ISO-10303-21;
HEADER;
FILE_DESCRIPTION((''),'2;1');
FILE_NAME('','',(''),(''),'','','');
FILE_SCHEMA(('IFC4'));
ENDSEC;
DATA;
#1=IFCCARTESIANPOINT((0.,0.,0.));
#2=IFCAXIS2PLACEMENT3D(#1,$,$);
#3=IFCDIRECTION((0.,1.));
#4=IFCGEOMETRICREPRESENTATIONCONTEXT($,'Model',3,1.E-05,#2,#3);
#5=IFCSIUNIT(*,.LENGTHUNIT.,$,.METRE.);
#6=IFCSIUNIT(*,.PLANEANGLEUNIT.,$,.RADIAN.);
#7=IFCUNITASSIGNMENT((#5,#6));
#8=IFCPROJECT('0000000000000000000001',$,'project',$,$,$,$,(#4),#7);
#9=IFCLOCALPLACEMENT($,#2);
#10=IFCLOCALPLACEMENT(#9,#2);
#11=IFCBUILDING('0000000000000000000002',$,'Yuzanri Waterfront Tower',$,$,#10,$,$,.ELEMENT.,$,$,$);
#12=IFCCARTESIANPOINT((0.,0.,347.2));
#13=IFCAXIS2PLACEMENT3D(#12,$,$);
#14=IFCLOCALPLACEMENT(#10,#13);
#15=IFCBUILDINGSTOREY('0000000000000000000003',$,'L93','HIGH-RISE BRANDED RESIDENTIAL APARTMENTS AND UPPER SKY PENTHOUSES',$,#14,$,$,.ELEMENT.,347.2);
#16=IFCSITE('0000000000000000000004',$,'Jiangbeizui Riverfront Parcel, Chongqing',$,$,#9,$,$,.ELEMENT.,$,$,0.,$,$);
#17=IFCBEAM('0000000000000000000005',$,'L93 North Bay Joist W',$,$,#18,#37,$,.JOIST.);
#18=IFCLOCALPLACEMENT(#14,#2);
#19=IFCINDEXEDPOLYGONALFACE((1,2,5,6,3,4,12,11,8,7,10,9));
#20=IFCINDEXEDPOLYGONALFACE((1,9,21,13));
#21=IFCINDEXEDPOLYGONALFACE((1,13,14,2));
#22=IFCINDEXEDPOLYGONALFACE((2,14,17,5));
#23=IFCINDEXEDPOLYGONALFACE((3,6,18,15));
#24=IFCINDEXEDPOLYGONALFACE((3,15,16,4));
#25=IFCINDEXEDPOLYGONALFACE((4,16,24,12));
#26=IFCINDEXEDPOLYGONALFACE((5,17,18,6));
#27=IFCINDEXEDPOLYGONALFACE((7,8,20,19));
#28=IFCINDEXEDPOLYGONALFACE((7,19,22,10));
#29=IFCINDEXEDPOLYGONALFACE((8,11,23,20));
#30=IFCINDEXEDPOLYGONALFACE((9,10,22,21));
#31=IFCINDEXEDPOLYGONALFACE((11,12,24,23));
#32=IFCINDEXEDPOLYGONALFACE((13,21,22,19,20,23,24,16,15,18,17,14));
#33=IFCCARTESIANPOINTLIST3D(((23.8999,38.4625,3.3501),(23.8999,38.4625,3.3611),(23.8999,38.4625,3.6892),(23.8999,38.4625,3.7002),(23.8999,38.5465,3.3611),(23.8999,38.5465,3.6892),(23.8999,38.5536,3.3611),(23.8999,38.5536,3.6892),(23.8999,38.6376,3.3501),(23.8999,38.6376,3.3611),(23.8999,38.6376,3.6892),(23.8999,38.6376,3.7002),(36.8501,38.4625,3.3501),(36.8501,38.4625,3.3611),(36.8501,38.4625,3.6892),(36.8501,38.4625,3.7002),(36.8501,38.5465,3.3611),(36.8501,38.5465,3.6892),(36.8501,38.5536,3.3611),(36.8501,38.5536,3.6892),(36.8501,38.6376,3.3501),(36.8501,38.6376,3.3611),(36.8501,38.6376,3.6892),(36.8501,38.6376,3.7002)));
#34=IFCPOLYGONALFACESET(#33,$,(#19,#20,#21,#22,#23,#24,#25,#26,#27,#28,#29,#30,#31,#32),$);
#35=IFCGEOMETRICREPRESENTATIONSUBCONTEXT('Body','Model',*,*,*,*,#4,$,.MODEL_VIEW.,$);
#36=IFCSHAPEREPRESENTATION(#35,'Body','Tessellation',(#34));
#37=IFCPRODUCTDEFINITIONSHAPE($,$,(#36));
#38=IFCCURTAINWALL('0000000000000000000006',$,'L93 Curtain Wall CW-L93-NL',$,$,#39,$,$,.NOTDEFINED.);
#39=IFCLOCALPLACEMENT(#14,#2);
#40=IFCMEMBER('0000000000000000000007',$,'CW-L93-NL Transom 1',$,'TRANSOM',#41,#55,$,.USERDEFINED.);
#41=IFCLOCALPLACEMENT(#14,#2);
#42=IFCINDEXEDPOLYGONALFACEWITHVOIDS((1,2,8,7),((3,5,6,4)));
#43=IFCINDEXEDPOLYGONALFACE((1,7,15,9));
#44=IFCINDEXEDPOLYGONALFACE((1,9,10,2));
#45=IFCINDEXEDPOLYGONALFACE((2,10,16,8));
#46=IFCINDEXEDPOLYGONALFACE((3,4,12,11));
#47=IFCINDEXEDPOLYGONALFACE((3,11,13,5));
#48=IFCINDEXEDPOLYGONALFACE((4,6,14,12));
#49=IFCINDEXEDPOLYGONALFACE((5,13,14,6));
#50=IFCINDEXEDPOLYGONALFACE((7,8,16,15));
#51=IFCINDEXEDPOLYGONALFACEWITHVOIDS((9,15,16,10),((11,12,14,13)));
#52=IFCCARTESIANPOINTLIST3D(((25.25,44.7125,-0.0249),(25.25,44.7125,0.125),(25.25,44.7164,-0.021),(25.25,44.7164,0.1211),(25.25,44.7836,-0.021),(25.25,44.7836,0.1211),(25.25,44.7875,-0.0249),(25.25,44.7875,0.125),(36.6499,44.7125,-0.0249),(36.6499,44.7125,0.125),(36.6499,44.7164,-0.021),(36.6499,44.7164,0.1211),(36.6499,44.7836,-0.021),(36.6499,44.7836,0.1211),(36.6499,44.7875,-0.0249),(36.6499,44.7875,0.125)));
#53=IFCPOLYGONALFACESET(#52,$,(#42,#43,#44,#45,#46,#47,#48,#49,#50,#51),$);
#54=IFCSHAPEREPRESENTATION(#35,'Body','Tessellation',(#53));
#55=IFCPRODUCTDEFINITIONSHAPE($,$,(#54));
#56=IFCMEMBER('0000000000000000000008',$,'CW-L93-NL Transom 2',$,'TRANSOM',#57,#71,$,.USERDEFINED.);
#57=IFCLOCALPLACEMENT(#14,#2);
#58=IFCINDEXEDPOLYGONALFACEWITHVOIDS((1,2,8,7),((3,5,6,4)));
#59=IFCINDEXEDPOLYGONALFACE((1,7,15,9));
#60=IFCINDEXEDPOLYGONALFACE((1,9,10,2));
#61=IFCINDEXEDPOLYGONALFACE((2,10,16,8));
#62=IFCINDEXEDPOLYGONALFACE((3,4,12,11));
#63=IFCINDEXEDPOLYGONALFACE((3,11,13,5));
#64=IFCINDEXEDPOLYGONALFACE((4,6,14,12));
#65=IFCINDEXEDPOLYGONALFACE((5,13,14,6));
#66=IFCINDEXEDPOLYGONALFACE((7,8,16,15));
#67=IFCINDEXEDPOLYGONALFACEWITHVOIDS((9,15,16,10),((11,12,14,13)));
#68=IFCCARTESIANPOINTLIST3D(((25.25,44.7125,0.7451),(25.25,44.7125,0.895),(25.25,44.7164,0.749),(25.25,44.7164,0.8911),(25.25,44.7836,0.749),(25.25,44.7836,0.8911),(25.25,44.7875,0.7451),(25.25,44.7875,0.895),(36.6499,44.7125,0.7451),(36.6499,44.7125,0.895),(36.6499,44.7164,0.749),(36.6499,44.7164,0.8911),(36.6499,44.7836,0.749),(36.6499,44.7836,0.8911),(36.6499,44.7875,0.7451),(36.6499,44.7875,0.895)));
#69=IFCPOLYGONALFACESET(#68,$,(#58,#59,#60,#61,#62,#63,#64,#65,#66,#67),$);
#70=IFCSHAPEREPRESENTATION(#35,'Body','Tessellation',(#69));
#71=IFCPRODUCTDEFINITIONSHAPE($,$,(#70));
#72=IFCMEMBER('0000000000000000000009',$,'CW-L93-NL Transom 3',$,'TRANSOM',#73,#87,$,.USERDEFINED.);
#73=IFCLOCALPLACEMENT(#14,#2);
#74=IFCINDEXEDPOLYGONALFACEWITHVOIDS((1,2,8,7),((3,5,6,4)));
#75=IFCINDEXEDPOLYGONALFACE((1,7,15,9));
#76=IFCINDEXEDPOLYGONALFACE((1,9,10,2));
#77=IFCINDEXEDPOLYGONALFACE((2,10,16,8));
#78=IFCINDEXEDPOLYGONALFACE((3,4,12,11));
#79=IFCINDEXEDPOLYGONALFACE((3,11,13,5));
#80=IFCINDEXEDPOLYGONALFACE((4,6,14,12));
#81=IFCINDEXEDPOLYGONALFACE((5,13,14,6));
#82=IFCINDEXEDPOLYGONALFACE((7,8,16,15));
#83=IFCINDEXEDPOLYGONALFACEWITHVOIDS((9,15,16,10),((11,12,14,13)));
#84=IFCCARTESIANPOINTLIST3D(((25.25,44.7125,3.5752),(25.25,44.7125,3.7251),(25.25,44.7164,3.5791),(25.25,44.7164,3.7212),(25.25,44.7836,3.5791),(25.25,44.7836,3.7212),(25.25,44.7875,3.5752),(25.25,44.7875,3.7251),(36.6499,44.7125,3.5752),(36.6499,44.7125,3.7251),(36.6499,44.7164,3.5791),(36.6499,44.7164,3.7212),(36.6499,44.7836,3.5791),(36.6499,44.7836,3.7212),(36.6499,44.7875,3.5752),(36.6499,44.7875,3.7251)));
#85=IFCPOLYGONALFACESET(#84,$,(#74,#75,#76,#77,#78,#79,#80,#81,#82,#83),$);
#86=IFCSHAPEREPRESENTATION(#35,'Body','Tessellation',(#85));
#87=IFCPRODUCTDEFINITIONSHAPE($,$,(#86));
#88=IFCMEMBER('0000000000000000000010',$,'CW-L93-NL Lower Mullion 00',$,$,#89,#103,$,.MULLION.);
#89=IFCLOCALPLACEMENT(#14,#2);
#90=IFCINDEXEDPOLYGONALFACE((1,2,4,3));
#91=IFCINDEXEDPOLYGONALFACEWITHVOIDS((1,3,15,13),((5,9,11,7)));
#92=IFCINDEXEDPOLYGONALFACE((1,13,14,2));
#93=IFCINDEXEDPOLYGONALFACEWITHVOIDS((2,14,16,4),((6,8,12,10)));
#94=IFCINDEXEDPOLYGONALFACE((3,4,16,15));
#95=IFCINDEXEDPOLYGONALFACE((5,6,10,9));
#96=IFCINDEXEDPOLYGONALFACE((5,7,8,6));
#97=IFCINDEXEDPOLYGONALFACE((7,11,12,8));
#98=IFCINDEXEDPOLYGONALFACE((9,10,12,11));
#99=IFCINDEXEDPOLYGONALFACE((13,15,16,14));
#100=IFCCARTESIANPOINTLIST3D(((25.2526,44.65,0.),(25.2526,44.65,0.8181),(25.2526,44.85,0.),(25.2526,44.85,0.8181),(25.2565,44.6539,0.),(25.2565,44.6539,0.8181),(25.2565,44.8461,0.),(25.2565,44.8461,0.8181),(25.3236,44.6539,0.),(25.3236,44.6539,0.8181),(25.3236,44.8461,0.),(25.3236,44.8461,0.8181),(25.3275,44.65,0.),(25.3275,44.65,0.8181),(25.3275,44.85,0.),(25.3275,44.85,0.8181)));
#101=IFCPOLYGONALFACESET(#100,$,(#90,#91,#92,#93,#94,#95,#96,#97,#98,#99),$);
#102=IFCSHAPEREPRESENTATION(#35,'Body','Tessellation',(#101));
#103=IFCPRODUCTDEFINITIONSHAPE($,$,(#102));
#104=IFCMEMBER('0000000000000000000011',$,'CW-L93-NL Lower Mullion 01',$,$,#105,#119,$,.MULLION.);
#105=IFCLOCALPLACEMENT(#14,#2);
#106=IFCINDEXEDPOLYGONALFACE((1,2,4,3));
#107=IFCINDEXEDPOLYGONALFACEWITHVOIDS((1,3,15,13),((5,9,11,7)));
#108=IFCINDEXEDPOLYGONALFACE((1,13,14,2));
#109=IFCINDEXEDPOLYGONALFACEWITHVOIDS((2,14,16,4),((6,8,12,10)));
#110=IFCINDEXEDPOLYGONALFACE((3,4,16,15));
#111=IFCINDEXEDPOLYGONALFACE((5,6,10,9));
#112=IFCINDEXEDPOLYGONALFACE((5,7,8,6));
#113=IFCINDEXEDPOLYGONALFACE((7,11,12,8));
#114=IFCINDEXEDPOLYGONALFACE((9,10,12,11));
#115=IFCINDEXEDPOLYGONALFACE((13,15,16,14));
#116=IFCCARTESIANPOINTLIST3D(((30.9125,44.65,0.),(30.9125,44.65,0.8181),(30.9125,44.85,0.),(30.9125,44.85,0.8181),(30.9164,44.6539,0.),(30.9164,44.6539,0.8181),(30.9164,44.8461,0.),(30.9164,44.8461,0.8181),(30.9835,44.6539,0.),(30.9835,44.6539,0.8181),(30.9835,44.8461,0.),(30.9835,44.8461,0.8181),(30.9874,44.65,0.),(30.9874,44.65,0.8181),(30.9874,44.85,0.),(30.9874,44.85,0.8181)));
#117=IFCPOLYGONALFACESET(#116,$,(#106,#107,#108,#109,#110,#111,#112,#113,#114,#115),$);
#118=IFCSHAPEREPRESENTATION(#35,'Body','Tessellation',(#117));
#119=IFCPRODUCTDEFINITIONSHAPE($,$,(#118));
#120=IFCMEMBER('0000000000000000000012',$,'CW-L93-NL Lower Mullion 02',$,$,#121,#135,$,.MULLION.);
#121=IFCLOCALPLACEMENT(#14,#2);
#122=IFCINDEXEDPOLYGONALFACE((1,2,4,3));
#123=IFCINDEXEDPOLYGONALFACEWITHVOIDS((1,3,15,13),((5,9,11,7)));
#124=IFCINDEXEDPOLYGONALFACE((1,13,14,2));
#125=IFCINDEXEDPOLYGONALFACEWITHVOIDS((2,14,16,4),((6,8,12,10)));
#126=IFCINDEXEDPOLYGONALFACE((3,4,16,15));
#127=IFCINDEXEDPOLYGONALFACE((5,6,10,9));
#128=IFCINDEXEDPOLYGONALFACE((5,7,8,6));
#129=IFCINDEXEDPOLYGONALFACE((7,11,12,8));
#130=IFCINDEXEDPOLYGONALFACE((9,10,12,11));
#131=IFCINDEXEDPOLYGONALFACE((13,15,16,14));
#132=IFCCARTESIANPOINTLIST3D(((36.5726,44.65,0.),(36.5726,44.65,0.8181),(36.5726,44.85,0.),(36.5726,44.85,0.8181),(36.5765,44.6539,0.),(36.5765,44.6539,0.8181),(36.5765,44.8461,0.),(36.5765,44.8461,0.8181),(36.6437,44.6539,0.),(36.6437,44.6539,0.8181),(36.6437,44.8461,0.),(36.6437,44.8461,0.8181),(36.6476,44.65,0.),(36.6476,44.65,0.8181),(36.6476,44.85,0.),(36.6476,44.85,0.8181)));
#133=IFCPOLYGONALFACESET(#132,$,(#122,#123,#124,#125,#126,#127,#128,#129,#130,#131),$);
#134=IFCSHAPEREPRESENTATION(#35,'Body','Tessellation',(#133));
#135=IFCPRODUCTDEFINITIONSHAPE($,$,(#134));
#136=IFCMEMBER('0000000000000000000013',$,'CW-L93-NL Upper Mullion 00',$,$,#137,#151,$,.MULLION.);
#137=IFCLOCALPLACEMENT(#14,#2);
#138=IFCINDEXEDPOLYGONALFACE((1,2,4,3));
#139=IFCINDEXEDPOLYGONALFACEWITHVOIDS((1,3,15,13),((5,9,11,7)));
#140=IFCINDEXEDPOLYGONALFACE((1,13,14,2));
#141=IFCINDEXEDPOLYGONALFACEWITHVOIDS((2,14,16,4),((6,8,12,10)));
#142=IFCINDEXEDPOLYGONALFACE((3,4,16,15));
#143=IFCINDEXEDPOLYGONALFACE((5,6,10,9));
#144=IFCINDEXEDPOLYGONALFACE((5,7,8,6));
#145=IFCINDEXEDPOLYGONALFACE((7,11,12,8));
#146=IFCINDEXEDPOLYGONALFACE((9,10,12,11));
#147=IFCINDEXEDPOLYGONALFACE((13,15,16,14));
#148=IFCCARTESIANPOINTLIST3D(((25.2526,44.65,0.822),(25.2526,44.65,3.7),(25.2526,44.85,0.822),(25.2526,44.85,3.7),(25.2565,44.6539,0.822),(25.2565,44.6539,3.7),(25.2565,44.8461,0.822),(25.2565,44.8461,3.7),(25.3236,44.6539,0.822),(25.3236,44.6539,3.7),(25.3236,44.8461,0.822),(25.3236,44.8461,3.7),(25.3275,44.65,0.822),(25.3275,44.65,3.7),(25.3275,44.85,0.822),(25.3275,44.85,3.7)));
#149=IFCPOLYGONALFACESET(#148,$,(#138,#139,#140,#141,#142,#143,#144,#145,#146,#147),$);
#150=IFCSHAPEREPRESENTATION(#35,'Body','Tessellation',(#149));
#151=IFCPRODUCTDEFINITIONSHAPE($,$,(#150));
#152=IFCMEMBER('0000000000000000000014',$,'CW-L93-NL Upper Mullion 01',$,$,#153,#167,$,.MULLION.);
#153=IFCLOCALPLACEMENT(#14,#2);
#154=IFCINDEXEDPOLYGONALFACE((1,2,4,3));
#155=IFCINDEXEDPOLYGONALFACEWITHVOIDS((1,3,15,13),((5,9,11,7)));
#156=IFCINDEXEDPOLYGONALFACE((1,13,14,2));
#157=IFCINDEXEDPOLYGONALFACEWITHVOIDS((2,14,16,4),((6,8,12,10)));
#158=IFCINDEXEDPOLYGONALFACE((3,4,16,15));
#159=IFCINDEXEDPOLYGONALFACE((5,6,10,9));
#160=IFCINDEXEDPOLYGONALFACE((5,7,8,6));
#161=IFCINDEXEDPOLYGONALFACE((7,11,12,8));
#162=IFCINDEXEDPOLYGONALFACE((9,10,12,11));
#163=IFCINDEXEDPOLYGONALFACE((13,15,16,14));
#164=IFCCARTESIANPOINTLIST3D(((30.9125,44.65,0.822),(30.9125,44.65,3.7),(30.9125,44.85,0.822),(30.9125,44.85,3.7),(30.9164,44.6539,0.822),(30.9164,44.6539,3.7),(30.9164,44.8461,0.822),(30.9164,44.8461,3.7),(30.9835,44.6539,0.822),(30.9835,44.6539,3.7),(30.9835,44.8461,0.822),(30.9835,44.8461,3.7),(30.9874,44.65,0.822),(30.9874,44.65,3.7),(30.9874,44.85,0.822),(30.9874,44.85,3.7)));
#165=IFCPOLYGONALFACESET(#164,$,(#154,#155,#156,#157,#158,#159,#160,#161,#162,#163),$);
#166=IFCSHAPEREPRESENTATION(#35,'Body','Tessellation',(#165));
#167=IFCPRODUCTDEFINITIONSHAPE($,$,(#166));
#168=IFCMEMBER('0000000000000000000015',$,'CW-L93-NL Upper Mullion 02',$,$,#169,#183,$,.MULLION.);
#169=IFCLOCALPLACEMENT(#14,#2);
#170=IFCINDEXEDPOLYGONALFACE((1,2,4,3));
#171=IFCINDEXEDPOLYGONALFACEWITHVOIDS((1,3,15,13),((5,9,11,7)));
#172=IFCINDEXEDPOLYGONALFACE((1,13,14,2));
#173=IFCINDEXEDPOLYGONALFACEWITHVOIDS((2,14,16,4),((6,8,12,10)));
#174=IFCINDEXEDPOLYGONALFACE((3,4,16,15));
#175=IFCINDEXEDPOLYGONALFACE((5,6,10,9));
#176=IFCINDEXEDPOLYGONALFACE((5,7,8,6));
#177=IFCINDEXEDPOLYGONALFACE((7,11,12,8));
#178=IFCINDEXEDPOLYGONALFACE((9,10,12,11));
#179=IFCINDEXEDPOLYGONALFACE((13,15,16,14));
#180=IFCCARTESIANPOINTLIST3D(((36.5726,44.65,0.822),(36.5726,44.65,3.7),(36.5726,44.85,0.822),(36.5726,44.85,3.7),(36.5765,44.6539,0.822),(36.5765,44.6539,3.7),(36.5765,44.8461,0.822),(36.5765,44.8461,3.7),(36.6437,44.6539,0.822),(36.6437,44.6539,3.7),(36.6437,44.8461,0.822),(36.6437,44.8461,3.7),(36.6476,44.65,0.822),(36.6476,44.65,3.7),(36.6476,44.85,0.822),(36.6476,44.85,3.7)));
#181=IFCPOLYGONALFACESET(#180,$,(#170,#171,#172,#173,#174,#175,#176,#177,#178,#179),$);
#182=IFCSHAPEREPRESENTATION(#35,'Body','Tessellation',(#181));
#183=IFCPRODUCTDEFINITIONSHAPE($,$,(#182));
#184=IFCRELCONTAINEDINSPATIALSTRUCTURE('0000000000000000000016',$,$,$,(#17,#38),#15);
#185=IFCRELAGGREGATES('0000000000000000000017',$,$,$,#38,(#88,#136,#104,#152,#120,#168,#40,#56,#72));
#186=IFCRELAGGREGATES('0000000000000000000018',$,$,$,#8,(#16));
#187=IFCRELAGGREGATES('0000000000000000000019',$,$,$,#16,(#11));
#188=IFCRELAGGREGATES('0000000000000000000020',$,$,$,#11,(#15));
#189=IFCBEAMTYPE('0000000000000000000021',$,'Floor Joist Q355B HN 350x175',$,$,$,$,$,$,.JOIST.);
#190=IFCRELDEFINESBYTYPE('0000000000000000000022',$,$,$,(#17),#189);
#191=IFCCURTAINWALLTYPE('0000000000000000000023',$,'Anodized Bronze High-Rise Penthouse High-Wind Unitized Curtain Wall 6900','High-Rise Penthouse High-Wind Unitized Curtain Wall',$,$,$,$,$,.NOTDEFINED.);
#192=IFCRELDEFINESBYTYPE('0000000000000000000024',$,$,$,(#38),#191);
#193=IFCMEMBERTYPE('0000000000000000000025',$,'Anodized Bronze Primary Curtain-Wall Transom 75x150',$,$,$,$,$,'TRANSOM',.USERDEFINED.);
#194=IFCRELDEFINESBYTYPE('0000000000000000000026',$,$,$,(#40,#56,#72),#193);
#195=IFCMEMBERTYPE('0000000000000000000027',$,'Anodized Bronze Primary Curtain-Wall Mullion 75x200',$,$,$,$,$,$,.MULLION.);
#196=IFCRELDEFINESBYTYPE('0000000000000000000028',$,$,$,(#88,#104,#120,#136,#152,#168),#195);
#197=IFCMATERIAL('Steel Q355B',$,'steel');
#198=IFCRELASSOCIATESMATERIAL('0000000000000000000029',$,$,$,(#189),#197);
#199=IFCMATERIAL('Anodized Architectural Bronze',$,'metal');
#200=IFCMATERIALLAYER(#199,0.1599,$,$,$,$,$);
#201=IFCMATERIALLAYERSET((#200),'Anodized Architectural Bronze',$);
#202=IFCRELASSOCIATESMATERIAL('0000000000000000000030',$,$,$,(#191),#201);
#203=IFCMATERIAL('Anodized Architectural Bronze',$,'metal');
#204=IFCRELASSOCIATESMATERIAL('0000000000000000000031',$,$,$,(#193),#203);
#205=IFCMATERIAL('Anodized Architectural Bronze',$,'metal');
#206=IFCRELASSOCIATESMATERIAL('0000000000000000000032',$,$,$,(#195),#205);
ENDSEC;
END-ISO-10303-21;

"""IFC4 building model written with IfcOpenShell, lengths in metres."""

from ifc_helpers import new_model, si_unit, direction, frame, origin, origin_2d, place, context, subcontext, project, spatial, hollow_rectangle, i_section, extrude, source, transform, mapped, material, layer, layer_set, material_profile, profile_set, type_object, element, aggregate, save


model = new_model("IFC4")

# Units and contexts
model_context = context("Model", 3, precision=1e-05, world=origin(), true_north=direction((0.0, 1.0)))
body_context = subcontext(model_context, "Body", "Model", "MODEL_VIEW")
ifc_project = project(units=[si_unit("LENGTHUNIT", "METRE"), si_unit("PLANEANGLEUNIT", "RADIAN")], contexts=[model_context])

# Site, building, storey
site_placement = place(None, origin())
site = spatial("IfcSite", under=ifc_project, at=site_placement, Name="Jiangbeizui Riverfront Parcel, Chongqing", CompositionType="ELEMENT", RefElevation=0.0)
building_placement = place(site_placement, origin())
building = spatial("IfcBuilding", under=site, at=building_placement, Name="Yuzanri Waterfront Tower", CompositionType="ELEMENT")
storey_placement = place(building_placement, frame((0.0, 0.0, 347.2)))
storey = spatial("IfcBuildingStorey", under=building, at=storey_placement, Name="L93", Description="HIGH-RISE BRANDED RESIDENTIAL APARTMENTS AND UPPER SKY PENTHOUSES", CompositionType="ELEMENT", Elevation=347.2)

# Beam
ifc_material_1 = material(Name="Steel Q355B", Category="steel")
ifc_material_profile_1 = material_profile(ifc_material_1, i_section(OverallWidth=0.175, OverallDepth=0.3501, WebThickness=0.0071, FlangeThickness=0.011, at=origin_2d()), Name="HN 350x175x7x11")
ifc_profile_set_1 = profile_set([ifc_material_profile_1], Name="Steel Q355B")
beam_type = type_object("IfcBeamType", Name="Floor Joist Q355B HN 350x175", PredefinedType="JOIST", material=ifc_profile_set_1)
shared_shape_1 = source(origin(), body_context, "Body", "SweptSolid", [
    extrude(i_section(OverallWidth=0.175, OverallDepth=0.3501, WebThickness=0.0071, FlangeThickness=0.011, at=origin_2d()), origin(), (0.0, 0.0, 1.0), 12.9502),
])
beam_placement = place(storey_placement, frame((23.8999, 38.55, 3.5251), z_axis=(1.0, 0.0, 0.0), x_axis=(0.0, 1.0, 0.0)))
element("IfcBeam", 1, at=beam_placement, inside=storey, type_object=beam_type, Name="L93 North Bay Joist W", PredefinedType="JOIST", context=body_context, shape_type="MappedRepresentation", body=[
    mapped(shared_shape_1, transform((0.0, 0.0, 0.0), scale=1.0)),
])

# Curtain wall, members
ifc_material_2 = material(Name="Anodized Architectural Bronze", Category="metal")
ifc_layer_1 = layer(ifc_material_2, 0.1599)
ifc_layer_set_1 = layer_set([ifc_layer_1], Name="Anodized Architectural Bronze")
curtain_wall_type = type_object("IfcCurtainWallType", Name="Anodized Bronze High-Rise Penthouse High-Wind Unitized Curtain Wall 6900", Description="High-Rise Penthouse High-Wind Unitized Curtain Wall", PredefinedType="NOTDEFINED", material=ifc_layer_set_1)
curtain_wall_placement = place(storey_placement, origin())
curtain_wall = element("IfcCurtainWall", 2, at=curtain_wall_placement, inside=storey, type_object=curtain_wall_type, Name="L93 Curtain Wall CW-L93-NL", PredefinedType="NOTDEFINED")
ifc_material_3 = material(Name="Anodized Architectural Bronze", Category="metal")
ifc_material_profile_2 = material_profile(ifc_material_3, hollow_rectangle(XDim=0.075, YDim=0.1499, WallThickness=0.0039, at=origin_2d()), Name="CWT 75x150")
ifc_profile_set_2 = profile_set([ifc_material_profile_2], Name="Anodized Architectural Bronze")
member_type_1 = type_object("IfcMemberType", Name="Anodized Bronze Primary Curtain-Wall Transom 75x150", ElementType="TRANSOM", PredefinedType="USERDEFINED", material=ifc_profile_set_2)
shared_shape_2 = source(origin(), body_context, "Body", "SweptSolid", [
    extrude(hollow_rectangle(XDim=0.075, YDim=0.1499, WallThickness=0.0039, at=origin_2d()), origin(), (0.0, 0.0, 1.0), 11.3999),
])
member_1_placement = place(storey_placement, frame((25.25, 44.75, 0.05), z_axis=(1.0, 0.0, 0.0), x_axis=(0.0, 1.0, 0.0)))
member_1 = element("IfcMember", 3, at=member_1_placement, type_object=member_type_1, Name="CW-L93-NL Transom 1", ObjectType="TRANSOM", PredefinedType="USERDEFINED", context=body_context, shape_type="MappedRepresentation", body=[
    mapped(shared_shape_2, transform((0.0, 0.0, 0.0), scale=1.0)),
])
member_2_placement = place(storey_placement, frame((25.25, 44.75, 0.8201), z_axis=(1.0, 0.0, 0.0), x_axis=(0.0, 1.0, 0.0)))
member_2 = element("IfcMember", 4, at=member_2_placement, type_object=member_type_1, Name="CW-L93-NL Transom 2", ObjectType="TRANSOM", PredefinedType="USERDEFINED", context=body_context, shape_type="MappedRepresentation", body=[
    mapped(shared_shape_2, transform((0.0, 0.0, 0.0), scale=1.0)),
])
member_3_placement = place(storey_placement, frame((25.25, 44.75, 3.6501), z_axis=(1.0, 0.0, 0.0), x_axis=(0.0, 1.0, 0.0)))
member_3 = element("IfcMember", 5, at=member_3_placement, type_object=member_type_1, Name="CW-L93-NL Transom 3", ObjectType="TRANSOM", PredefinedType="USERDEFINED", context=body_context, shape_type="MappedRepresentation", body=[
    mapped(shared_shape_2, transform((0.0, 0.0, 0.0), scale=1.0)),
])
ifc_material_4 = material(Name="Anodized Architectural Bronze", Category="metal")
ifc_material_profile_3 = material_profile(ifc_material_4, hollow_rectangle(XDim=0.075, YDim=0.2, WallThickness=0.0039, at=origin_2d()), Name="CWM 75x200")
ifc_profile_set_3 = profile_set([ifc_material_profile_3], Name="Anodized Architectural Bronze")
member_type_2 = type_object("IfcMemberType", Name="Anodized Bronze Primary Curtain-Wall Mullion 75x200", PredefinedType="MULLION", material=ifc_profile_set_3)
shared_shape_3 = source(origin(), body_context, "Body", "SweptSolid", [
    extrude(hollow_rectangle(XDim=0.075, YDim=0.2, WallThickness=0.0039, at=origin_2d()), origin(), (0.0, 0.0, 1.0), 0.8181),
])
member_4_placement = place(storey_placement, frame((25.29, 44.75, 0.0), z_axis=(0.0, 0.0, 1.0), x_axis=(1.0, 0.0, 0.0)))
member_4 = element("IfcMember", 6, at=member_4_placement, type_object=member_type_2, Name="CW-L93-NL Lower Mullion 00", PredefinedType="MULLION", context=body_context, shape_type="MappedRepresentation", body=[
    mapped(shared_shape_3, transform((0.0, 0.0, 0.0), scale=1.0)),
])
member_5_placement = place(storey_placement, frame((30.95, 44.75, 0.0), z_axis=(0.0, 0.0, 1.0), x_axis=(1.0, 0.0, 0.0)))
member_5 = element("IfcMember", 7, at=member_5_placement, type_object=member_type_2, Name="CW-L93-NL Lower Mullion 01", PredefinedType="MULLION", context=body_context, shape_type="MappedRepresentation", body=[
    mapped(shared_shape_3, transform((0.0, 0.0, 0.0), scale=1.0)),
])
member_6_placement = place(storey_placement, frame((36.6101, 44.75, 0.0), z_axis=(0.0, 0.0, 1.0), x_axis=(1.0, 0.0, 0.0)))
member_6 = element("IfcMember", 8, at=member_6_placement, type_object=member_type_2, Name="CW-L93-NL Lower Mullion 02", PredefinedType="MULLION", context=body_context, shape_type="MappedRepresentation", body=[
    mapped(shared_shape_3, transform((0.0, 0.0, 0.0), scale=1.0)),
])
shared_shape_4 = source(origin(), body_context, "Body", "SweptSolid", [
    extrude(hollow_rectangle(XDim=0.075, YDim=0.2, WallThickness=0.0039, at=origin_2d()), origin(), (0.0, 0.0, 1.0), 2.8779),
])
member_7_placement = place(storey_placement, frame((25.29, 44.75, 0.822), z_axis=(0.0, 0.0, 1.0), x_axis=(1.0, 0.0, 0.0)))
member_7 = element("IfcMember", 9, at=member_7_placement, type_object=member_type_2, Name="CW-L93-NL Upper Mullion 00", PredefinedType="MULLION", context=body_context, shape_type="MappedRepresentation", body=[
    mapped(shared_shape_4, transform((0.0, 0.0, 0.0), scale=1.0)),
])
member_8_placement = place(storey_placement, frame((30.95, 44.75, 0.822), z_axis=(0.0, 0.0, 1.0), x_axis=(1.0, 0.0, 0.0)))
member_8 = element("IfcMember", 10, at=member_8_placement, type_object=member_type_2, Name="CW-L93-NL Upper Mullion 01", PredefinedType="MULLION", context=body_context, shape_type="MappedRepresentation", body=[
    mapped(shared_shape_4, transform((0.0, 0.0, 0.0), scale=1.0)),
])
member_9_placement = place(storey_placement, frame((36.6101, 44.75, 0.822), z_axis=(0.0, 0.0, 1.0), x_axis=(1.0, 0.0, 0.0)))
member_9 = element("IfcMember", 11, at=member_9_placement, type_object=member_type_2, Name="CW-L93-NL Upper Mullion 02", PredefinedType="MULLION", context=body_context, shape_type="MappedRepresentation", body=[
    mapped(shared_shape_4, transform((0.0, 0.0, 0.0), scale=1.0)),
])

aggregate(curtain_wall, [member_4, member_7, member_5, member_8, member_6, member_9, member_1, member_2, member_3])

save(model, "model.ifc")
